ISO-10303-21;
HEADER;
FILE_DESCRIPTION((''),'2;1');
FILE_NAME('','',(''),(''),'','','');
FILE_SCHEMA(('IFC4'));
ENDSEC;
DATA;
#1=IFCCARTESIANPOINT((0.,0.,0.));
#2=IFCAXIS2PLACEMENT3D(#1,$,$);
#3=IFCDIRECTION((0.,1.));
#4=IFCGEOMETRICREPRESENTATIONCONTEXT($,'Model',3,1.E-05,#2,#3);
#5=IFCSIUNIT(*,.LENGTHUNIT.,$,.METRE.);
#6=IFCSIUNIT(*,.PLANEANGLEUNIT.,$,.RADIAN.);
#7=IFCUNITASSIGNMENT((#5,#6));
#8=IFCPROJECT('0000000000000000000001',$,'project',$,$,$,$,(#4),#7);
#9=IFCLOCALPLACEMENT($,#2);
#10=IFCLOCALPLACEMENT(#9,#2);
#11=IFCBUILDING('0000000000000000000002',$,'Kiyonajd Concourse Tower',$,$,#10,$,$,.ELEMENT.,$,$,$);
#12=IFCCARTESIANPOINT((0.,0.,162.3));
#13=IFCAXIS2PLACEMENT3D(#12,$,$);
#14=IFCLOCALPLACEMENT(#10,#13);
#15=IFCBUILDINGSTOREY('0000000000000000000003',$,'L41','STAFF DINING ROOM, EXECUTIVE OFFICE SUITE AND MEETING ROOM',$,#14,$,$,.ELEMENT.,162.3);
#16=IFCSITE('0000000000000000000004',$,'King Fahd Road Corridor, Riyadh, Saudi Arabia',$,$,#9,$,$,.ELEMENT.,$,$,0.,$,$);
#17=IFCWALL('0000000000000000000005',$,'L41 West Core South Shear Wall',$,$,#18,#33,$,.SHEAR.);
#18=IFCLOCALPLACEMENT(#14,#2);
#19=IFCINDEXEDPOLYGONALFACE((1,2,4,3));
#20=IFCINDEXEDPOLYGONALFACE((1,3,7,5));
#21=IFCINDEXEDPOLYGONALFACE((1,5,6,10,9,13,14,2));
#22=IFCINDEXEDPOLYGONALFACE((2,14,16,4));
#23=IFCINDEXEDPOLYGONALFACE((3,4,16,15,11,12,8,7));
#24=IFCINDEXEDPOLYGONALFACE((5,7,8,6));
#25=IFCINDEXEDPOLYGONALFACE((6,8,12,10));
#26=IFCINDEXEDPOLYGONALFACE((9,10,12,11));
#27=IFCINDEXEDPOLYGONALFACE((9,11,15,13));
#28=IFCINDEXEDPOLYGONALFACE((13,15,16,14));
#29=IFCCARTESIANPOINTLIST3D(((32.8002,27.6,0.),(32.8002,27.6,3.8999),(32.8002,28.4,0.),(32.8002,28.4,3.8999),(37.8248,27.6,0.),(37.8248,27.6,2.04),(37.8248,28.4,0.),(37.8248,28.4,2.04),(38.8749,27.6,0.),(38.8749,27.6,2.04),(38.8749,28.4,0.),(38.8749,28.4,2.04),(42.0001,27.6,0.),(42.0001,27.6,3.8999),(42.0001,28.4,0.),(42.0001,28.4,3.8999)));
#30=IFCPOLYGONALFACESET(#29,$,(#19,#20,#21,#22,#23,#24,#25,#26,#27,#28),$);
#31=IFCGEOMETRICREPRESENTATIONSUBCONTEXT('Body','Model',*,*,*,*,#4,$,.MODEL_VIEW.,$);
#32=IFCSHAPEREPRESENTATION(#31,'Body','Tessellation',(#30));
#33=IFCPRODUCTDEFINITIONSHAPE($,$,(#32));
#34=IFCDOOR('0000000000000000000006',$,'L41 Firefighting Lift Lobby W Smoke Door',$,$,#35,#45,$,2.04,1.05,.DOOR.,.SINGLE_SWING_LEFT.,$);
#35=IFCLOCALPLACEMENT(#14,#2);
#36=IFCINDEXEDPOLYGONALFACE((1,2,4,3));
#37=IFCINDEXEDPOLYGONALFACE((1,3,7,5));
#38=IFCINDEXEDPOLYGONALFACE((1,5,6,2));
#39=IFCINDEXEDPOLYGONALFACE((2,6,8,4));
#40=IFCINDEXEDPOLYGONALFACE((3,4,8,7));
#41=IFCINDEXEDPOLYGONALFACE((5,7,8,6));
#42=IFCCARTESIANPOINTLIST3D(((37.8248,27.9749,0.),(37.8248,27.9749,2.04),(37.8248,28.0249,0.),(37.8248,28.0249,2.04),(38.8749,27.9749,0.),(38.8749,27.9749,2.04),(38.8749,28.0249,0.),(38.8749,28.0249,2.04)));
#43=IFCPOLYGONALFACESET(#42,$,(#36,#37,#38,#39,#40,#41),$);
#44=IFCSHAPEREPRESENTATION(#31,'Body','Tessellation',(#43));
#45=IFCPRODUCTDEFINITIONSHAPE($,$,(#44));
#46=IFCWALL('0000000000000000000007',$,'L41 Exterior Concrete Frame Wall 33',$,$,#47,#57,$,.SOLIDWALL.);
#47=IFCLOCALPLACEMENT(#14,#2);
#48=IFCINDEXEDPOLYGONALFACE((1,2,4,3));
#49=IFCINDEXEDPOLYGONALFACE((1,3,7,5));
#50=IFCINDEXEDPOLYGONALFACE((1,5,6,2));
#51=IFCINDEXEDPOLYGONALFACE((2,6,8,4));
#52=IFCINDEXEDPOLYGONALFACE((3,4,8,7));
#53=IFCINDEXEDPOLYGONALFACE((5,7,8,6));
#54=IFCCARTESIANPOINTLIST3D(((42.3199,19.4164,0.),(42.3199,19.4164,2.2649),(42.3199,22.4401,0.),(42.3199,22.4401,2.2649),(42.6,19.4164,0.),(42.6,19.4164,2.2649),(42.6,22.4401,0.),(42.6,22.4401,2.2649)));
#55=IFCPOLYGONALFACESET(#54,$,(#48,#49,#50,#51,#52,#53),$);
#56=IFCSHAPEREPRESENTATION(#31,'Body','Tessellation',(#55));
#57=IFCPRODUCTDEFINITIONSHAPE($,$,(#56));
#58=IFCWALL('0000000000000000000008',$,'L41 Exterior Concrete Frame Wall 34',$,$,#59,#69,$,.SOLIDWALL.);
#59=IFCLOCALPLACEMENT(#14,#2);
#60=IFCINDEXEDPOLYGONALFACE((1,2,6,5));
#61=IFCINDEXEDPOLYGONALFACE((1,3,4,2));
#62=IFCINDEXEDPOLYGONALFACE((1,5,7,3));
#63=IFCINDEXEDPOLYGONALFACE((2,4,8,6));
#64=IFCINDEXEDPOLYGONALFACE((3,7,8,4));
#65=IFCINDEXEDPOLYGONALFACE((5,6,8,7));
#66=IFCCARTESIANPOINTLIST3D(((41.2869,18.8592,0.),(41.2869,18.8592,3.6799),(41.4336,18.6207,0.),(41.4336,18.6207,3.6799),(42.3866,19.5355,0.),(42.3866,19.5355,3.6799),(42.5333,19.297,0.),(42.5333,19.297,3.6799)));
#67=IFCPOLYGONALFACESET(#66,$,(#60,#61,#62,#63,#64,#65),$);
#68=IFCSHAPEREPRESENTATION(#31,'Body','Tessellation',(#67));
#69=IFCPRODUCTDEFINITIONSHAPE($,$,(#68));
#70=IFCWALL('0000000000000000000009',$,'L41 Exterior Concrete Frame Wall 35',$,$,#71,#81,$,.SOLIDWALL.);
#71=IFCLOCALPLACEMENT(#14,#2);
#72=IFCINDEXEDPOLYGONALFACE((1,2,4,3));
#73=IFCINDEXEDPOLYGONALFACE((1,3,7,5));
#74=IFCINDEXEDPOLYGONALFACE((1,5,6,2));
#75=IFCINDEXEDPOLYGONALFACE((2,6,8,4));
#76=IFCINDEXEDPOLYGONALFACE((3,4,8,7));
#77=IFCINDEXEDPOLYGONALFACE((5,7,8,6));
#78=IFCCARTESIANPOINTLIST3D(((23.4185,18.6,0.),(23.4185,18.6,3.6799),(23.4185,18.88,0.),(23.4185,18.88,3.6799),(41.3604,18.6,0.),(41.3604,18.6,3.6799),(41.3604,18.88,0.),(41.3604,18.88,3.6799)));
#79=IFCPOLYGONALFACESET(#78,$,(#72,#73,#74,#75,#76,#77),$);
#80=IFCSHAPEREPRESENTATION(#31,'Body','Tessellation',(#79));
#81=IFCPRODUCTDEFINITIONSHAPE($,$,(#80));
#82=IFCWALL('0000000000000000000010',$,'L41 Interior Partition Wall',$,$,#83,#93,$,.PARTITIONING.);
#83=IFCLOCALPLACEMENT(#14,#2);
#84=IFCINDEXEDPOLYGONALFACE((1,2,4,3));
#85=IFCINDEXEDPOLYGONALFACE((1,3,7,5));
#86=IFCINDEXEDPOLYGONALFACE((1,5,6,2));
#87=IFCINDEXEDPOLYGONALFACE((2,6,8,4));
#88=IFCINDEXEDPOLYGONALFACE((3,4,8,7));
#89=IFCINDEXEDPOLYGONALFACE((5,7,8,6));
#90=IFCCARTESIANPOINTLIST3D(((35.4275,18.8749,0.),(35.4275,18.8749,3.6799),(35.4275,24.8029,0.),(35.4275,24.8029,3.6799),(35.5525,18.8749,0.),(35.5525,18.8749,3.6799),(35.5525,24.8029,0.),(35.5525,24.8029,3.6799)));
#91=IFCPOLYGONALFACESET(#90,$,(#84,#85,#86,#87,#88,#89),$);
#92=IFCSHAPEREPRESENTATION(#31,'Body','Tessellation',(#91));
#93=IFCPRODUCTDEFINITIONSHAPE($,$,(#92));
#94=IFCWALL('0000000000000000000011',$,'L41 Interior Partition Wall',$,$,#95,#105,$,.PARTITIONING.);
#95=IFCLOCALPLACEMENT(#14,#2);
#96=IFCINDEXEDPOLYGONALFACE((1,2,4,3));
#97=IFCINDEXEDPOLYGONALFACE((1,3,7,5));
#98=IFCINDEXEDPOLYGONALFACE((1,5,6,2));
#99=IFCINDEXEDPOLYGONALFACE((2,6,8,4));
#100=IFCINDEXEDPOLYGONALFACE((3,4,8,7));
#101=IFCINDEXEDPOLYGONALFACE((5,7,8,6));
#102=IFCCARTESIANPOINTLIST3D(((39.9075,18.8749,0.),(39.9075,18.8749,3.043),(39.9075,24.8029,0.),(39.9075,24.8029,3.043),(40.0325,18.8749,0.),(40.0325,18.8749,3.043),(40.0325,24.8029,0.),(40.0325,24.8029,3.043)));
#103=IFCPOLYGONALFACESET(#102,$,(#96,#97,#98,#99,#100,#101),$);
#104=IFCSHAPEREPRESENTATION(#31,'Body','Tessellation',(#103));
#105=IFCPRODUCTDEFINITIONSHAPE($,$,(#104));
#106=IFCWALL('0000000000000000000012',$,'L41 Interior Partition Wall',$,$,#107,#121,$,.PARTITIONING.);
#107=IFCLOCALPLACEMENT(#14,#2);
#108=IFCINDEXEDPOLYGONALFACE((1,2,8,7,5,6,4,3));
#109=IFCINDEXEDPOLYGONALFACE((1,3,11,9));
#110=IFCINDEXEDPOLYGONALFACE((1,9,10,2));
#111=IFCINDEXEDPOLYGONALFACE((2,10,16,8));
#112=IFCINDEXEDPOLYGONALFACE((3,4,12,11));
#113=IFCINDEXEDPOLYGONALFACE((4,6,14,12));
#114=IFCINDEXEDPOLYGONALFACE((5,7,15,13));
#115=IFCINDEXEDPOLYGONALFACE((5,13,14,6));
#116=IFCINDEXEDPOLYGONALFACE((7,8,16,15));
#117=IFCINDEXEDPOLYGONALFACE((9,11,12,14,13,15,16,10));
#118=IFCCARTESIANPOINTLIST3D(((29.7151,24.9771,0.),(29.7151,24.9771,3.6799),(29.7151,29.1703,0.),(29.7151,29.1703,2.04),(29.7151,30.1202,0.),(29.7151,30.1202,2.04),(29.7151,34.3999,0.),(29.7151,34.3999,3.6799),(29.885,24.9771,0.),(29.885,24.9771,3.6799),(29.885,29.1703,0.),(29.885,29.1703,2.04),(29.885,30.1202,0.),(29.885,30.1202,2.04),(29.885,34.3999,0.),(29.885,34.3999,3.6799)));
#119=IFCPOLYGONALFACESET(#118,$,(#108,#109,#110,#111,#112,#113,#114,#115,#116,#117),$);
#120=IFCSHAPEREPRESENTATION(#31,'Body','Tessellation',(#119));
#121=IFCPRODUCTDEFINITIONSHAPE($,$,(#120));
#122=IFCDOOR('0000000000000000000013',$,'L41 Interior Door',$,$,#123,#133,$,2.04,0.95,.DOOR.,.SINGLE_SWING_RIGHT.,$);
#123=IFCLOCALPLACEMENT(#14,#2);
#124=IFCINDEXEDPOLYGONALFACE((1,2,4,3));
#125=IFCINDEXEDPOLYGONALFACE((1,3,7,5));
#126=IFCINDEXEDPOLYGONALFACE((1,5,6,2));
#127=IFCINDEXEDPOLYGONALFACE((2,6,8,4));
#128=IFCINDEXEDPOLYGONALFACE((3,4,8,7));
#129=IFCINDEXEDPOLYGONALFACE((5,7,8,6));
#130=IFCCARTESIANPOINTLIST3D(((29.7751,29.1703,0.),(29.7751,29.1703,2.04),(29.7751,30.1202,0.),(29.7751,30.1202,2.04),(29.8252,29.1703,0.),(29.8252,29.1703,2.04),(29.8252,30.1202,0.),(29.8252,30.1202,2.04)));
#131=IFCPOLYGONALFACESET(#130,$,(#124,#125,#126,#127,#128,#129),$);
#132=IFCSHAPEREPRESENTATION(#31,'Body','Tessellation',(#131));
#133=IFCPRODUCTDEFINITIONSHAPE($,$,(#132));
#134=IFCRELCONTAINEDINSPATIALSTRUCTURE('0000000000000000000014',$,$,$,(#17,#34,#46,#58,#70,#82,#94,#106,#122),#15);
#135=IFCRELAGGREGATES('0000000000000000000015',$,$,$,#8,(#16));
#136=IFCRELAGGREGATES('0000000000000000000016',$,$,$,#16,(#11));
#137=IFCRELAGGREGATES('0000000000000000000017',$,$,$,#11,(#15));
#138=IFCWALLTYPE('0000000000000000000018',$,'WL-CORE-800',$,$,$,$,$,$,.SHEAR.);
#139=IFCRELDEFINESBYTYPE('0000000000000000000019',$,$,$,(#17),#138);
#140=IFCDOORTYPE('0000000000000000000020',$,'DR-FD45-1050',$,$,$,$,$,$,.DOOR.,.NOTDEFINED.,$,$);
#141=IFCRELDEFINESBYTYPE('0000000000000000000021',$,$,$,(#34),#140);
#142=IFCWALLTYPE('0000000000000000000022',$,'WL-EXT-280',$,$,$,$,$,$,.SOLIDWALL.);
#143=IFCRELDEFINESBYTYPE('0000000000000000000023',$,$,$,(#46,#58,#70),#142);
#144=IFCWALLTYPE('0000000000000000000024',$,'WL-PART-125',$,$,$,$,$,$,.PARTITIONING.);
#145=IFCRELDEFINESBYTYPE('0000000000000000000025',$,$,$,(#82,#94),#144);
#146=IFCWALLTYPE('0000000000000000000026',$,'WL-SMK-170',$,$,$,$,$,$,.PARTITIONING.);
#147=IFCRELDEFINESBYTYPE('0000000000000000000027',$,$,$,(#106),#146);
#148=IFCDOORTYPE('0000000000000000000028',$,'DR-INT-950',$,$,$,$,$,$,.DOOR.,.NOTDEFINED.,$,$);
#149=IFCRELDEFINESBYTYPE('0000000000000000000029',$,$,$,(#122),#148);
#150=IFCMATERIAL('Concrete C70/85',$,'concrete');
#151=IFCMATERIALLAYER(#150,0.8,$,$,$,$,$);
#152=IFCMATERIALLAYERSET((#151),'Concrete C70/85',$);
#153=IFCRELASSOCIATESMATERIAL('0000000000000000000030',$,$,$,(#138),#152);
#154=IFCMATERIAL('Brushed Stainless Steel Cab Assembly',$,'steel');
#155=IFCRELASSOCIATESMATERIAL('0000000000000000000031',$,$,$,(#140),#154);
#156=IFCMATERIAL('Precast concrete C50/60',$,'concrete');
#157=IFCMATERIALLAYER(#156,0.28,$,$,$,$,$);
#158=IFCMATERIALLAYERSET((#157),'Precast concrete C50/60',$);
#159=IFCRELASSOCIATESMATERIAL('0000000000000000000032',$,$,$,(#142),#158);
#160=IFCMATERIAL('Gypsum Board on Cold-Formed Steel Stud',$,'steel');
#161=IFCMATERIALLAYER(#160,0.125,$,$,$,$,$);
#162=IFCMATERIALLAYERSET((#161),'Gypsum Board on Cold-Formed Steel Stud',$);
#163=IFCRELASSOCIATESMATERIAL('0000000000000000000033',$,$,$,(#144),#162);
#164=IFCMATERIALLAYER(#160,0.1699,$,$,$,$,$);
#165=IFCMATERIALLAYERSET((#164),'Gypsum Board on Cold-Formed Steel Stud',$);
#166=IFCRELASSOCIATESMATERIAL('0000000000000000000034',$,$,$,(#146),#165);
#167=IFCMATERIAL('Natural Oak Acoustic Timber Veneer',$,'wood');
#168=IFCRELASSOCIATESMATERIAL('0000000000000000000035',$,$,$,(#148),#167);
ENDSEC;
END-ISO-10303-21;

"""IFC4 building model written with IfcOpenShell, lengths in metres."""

from ifc_helpers import new_model, si_unit, direction, frame, frame_2d, origin, place, context, subcontext, project, spatial, rectangle, extrude, material, layer, layer_set, type_object, element, fill, save


model = new_model("IFC4")

# Units and contexts
model_context = context("Model", 3, precision=1e-05, world=origin(), true_north=direction((0.0, 1.0)))
body_context = subcontext(model_context, "Body", "Model", "MODEL_VIEW")
ifc_project = project(units=[si_unit("LENGTHUNIT", "METRE"), si_unit("PLANEANGLEUNIT", "RADIAN")], contexts=[model_context])

# Site, building, storey
site_placement = place(None, origin())
site = spatial("IfcSite", under=ifc_project, at=site_placement, Name="King Fahd Road Corridor, Riyadh, Saudi Arabia", CompositionType="ELEMENT", RefElevation=0.0)
building_placement = place(site_placement, origin())
building = spatial("IfcBuilding", under=site, at=building_placement, Name="Kiyonajd Concourse Tower", CompositionType="ELEMENT")
storey_placement = place(building_placement, frame((0.0, 0.0, 162.3)))
storey = spatial("IfcBuildingStorey", under=building, at=storey_placement, Name="L41", Description="STAFF DINING ROOM, EXECUTIVE OFFICE SUITE AND MEETING ROOM", CompositionType="ELEMENT", Elevation=162.3)

# Shared definitions
ifc_material_1 = material(Name="Concrete C70/85", Category="concrete")

# Shared definitions
ifc_layer_1 = layer(ifc_material_1, 0.8)
ifc_layer_set_1 = layer_set([ifc_layer_1], Name="Concrete C70/85")
wall_type_1 = type_object("IfcWallType", Name="WL-CORE-800", PredefinedType="SHEAR", material=ifc_layer_set_1)

# Wall, opening, door
wall_1_placement = place(storey_placement, frame((32.8, 28.0, 0.0), z_axis=(0.0, 0.0, 1.0), x_axis=(1.0, 0.0, 0.0)))
wall_1 = element("IfcWall", 1, at=wall_1_placement, inside=storey, type_object=wall_type_1, Name="L41 West Core South Shear Wall", PredefinedType="SHEAR", context=body_context, shape_type="SweptSolid", body=[
    extrude(rectangle(XDim=9.2, YDim=0.8, at=frame_2d((4.6001, 0.0))), origin(), (0.0, 0.0, 1.0), 3.8999),
])
opening_1_placement = place(wall_1_placement, frame((5.0249, 0.0, 0.0)))
opening_1 = element("IfcOpeningElement", 2, at=opening_1_placement, cuts=wall_1, PredefinedType="OPENING", context=body_context, shape_type="SweptSolid", body=[
    extrude(rectangle(XDim=1.05, YDim=2.04, at=frame_2d((0.5249, 1.02))), frame((0.0, 0.4099, 0.0), z_axis=(0.0, -1.0, 0.0), x_axis=(1.0, 0.0, 0.0)), (0.0, 0.0, 1.0), 0.8201),
])
ifc_material_2 = material(Name="Brushed Stainless Steel Cab Assembly", Category="steel")
door_type_1 = type_object("IfcDoorType", Name="DR-FD45-1050", OperationType="NOTDEFINED", PredefinedType="DOOR", material=ifc_material_2)
door_1_placement = place(opening_1_placement, origin())
door_1 = element("IfcDoor", 3, at=door_1_placement, inside=storey, type_object=door_type_1, Name="L41 Firefighting Lift Lobby W Smoke Door", OperationType="SINGLE_SWING_LEFT", OverallHeight=2.04, OverallWidth=1.05, PredefinedType="DOOR", context=body_context, shape_type="SweptSolid", body=[
    extrude(rectangle(XDim=1.05, YDim=2.04, at=frame_2d((0.5249, 1.02))), frame((0.0, 0.0249, 0.0), z_axis=(0.0, -1.0, 0.0), x_axis=(1.0, 0.0, 0.0)), (0.0, 0.0, 1.0), 0.05),
])
fill(opening_1, door_1)

# Walls
ifc_material_3 = material(Name="Precast concrete C50/60", Category="concrete")
ifc_layer_2 = layer(ifc_material_3, 0.28)
ifc_layer_set_2 = layer_set([ifc_layer_2], Name="Precast concrete C50/60")
wall_type_2 = type_object("IfcWallType", Name="WL-EXT-280", PredefinedType="SOLIDWALL", material=ifc_layer_set_2)
wall_2_placement = place(storey_placement, frame((42.46, 22.4399, 0.0), z_axis=(0.0, 0.0, 1.0), x_axis=(0.0, -1.0, 0.0)))
element("IfcWall", 4, at=wall_2_placement, inside=storey, type_object=wall_type_2, Name="L41 Exterior Concrete Frame Wall 33", PredefinedType="SOLIDWALL", context=body_context, shape_type="SweptSolid", body=[
    extrude(rectangle(XDim=3.0237, YDim=0.28, at=frame_2d((1.5117, 0.0))), origin(), (0.0, 0.0, 1.0), 2.2649),
])
wall_3_placement = place(storey_placement, frame((42.46, 19.4163, 0.0), z_axis=(0.0, 0.0, 1.0), x_axis=(-0.851801, -0.523865, 0.0)))
element("IfcWall", 5, at=wall_3_placement, inside=storey, type_object=wall_type_2, Name="L41 Exterior Concrete Frame Wall 34", PredefinedType="SOLIDWALL", context=body_context, shape_type="SweptSolid", body=[
    extrude(rectangle(XDim=1.291, YDim=0.28, at=frame_2d((0.6455, 0.0))), origin(), (0.0, 0.0, 1.0), 3.6799),
])
wall_4_placement = place(storey_placement, frame((41.3604, 18.74, 0.0), z_axis=(0.0, 0.0, 1.0), x_axis=(-1.0, 0.0, 0.0)))
element("IfcWall", 6, at=wall_4_placement, inside=storey, type_object=wall_type_2, Name="L41 Exterior Concrete Frame Wall 35", PredefinedType="SOLIDWALL", context=body_context, shape_type="SweptSolid", body=[
    extrude(rectangle(XDim=17.9419, YDim=0.28, at=frame_2d((8.9709, 0.0))), origin(), (0.0, 0.0, 1.0), 3.6799),
])
ifc_material_4 = material(Name="Gypsum Board on Cold-Formed Steel Stud", Category="steel")
ifc_layer_3 = layer(ifc_material_4, 0.125)
ifc_layer_set_3 = layer_set([ifc_layer_3], Name="Gypsum Board on Cold-Formed Steel Stud")
wall_type_3 = type_object("IfcWallType", Name="WL-PART-125", PredefinedType="PARTITIONING", material=ifc_layer_set_3)
wall_5_placement = place(storey_placement, frame((35.49, 18.875, 0.0), z_axis=(0.0, 0.0, 1.0), x_axis=(0.0, 1.0, 0.0)))
element("IfcWall", 7, at=wall_5_placement, inside=storey, type_object=wall_type_3, Name="L41 Interior Partition Wall", PredefinedType="PARTITIONING", context=body_context, shape_type="SweptSolid", body=[
    extrude(rectangle(XDim=5.928, YDim=0.125, at=frame_2d((2.9639, 0.0))), origin(), (0.0, 0.0, 1.0), 3.6799),
])
wall_6_placement = place(storey_placement, frame((39.97, 18.875, 0.0), z_axis=(0.0, 0.0, 1.0), x_axis=(0.0, 1.0, 0.0)))
element("IfcWall", 8, at=wall_6_placement, inside=storey, type_object=wall_type_3, Name="L41 Interior Partition Wall", PredefinedType="PARTITIONING", context=body_context, shape_type="SweptSolid", body=[
    extrude(rectangle(XDim=5.928, YDim=0.125, at=frame_2d((2.9639, 0.0))), origin(), (0.0, 0.0, 1.0), 3.043),
])

# Wall, opening, door
ifc_layer_4 = layer(ifc_material_4, 0.1699)
ifc_layer_set_4 = layer_set([ifc_layer_4], Name="Gypsum Board on Cold-Formed Steel Stud")
wall_type_4 = type_object("IfcWallType", Name="WL-SMK-170", PredefinedType="PARTITIONING", material=ifc_layer_set_4)
wall_7_placement = place(storey_placement, frame((29.8, 24.9771, 0.0), z_axis=(0.0, 0.0, 1.0), x_axis=(0.0, 1.0, 0.0)))
wall_7 = element("IfcWall", 9, at=wall_7_placement, inside=storey, type_object=wall_type_4, Name="L41 Interior Partition Wall", PredefinedType="PARTITIONING", context=body_context, shape_type="SweptSolid", body=[
    extrude(rectangle(XDim=9.4229, YDim=0.1699, at=frame_2d((4.7114, 0.0))), origin(), (0.0, 0.0, 1.0), 3.6799),
])
opening_2_placement = place(wall_7_placement, frame((4.1931, 0.0, 0.0)))
opening_2 = element("IfcOpeningElement", 10, at=opening_2_placement, cuts=wall_7, PredefinedType="OPENING", context=body_context, shape_type="SweptSolid", body=[
    extrude(rectangle(XDim=0.95, YDim=2.04, at=frame_2d((0.4751, 1.02))), frame((0.0, 0.095, 0.0), z_axis=(0.0, -1.0, 0.0), x_axis=(1.0, 0.0, 0.0)), (0.0, 0.0, 1.0), 0.1899),
])
ifc_material_5 = material(Name="Natural Oak Acoustic Timber Veneer", Category="wood")
door_type_2 = type_object("IfcDoorType", Name="DR-INT-950", OperationType="NOTDEFINED", PredefinedType="DOOR", material=ifc_material_5)
door_2_placement = place(opening_2_placement, origin())
door_2 = element("IfcDoor", 11, at=door_2_placement, inside=storey, type_object=door_type_2, Name="L41 Interior Door", OperationType="SINGLE_SWING_RIGHT", OverallHeight=2.04, OverallWidth=0.95, PredefinedType="DOOR", context=body_context, shape_type="SweptSolid", body=[
    extrude(rectangle(XDim=0.95, YDim=2.04, at=frame_2d((0.4751, 1.02))), frame((0.0, 0.0249, 0.0), z_axis=(0.0, -1.0, 0.0), x_axis=(1.0, 0.0, 0.0)), (0.0, 0.0, 1.0), 0.05),
])
fill(opening_2, door_2)

save(model, "model.ifc")
